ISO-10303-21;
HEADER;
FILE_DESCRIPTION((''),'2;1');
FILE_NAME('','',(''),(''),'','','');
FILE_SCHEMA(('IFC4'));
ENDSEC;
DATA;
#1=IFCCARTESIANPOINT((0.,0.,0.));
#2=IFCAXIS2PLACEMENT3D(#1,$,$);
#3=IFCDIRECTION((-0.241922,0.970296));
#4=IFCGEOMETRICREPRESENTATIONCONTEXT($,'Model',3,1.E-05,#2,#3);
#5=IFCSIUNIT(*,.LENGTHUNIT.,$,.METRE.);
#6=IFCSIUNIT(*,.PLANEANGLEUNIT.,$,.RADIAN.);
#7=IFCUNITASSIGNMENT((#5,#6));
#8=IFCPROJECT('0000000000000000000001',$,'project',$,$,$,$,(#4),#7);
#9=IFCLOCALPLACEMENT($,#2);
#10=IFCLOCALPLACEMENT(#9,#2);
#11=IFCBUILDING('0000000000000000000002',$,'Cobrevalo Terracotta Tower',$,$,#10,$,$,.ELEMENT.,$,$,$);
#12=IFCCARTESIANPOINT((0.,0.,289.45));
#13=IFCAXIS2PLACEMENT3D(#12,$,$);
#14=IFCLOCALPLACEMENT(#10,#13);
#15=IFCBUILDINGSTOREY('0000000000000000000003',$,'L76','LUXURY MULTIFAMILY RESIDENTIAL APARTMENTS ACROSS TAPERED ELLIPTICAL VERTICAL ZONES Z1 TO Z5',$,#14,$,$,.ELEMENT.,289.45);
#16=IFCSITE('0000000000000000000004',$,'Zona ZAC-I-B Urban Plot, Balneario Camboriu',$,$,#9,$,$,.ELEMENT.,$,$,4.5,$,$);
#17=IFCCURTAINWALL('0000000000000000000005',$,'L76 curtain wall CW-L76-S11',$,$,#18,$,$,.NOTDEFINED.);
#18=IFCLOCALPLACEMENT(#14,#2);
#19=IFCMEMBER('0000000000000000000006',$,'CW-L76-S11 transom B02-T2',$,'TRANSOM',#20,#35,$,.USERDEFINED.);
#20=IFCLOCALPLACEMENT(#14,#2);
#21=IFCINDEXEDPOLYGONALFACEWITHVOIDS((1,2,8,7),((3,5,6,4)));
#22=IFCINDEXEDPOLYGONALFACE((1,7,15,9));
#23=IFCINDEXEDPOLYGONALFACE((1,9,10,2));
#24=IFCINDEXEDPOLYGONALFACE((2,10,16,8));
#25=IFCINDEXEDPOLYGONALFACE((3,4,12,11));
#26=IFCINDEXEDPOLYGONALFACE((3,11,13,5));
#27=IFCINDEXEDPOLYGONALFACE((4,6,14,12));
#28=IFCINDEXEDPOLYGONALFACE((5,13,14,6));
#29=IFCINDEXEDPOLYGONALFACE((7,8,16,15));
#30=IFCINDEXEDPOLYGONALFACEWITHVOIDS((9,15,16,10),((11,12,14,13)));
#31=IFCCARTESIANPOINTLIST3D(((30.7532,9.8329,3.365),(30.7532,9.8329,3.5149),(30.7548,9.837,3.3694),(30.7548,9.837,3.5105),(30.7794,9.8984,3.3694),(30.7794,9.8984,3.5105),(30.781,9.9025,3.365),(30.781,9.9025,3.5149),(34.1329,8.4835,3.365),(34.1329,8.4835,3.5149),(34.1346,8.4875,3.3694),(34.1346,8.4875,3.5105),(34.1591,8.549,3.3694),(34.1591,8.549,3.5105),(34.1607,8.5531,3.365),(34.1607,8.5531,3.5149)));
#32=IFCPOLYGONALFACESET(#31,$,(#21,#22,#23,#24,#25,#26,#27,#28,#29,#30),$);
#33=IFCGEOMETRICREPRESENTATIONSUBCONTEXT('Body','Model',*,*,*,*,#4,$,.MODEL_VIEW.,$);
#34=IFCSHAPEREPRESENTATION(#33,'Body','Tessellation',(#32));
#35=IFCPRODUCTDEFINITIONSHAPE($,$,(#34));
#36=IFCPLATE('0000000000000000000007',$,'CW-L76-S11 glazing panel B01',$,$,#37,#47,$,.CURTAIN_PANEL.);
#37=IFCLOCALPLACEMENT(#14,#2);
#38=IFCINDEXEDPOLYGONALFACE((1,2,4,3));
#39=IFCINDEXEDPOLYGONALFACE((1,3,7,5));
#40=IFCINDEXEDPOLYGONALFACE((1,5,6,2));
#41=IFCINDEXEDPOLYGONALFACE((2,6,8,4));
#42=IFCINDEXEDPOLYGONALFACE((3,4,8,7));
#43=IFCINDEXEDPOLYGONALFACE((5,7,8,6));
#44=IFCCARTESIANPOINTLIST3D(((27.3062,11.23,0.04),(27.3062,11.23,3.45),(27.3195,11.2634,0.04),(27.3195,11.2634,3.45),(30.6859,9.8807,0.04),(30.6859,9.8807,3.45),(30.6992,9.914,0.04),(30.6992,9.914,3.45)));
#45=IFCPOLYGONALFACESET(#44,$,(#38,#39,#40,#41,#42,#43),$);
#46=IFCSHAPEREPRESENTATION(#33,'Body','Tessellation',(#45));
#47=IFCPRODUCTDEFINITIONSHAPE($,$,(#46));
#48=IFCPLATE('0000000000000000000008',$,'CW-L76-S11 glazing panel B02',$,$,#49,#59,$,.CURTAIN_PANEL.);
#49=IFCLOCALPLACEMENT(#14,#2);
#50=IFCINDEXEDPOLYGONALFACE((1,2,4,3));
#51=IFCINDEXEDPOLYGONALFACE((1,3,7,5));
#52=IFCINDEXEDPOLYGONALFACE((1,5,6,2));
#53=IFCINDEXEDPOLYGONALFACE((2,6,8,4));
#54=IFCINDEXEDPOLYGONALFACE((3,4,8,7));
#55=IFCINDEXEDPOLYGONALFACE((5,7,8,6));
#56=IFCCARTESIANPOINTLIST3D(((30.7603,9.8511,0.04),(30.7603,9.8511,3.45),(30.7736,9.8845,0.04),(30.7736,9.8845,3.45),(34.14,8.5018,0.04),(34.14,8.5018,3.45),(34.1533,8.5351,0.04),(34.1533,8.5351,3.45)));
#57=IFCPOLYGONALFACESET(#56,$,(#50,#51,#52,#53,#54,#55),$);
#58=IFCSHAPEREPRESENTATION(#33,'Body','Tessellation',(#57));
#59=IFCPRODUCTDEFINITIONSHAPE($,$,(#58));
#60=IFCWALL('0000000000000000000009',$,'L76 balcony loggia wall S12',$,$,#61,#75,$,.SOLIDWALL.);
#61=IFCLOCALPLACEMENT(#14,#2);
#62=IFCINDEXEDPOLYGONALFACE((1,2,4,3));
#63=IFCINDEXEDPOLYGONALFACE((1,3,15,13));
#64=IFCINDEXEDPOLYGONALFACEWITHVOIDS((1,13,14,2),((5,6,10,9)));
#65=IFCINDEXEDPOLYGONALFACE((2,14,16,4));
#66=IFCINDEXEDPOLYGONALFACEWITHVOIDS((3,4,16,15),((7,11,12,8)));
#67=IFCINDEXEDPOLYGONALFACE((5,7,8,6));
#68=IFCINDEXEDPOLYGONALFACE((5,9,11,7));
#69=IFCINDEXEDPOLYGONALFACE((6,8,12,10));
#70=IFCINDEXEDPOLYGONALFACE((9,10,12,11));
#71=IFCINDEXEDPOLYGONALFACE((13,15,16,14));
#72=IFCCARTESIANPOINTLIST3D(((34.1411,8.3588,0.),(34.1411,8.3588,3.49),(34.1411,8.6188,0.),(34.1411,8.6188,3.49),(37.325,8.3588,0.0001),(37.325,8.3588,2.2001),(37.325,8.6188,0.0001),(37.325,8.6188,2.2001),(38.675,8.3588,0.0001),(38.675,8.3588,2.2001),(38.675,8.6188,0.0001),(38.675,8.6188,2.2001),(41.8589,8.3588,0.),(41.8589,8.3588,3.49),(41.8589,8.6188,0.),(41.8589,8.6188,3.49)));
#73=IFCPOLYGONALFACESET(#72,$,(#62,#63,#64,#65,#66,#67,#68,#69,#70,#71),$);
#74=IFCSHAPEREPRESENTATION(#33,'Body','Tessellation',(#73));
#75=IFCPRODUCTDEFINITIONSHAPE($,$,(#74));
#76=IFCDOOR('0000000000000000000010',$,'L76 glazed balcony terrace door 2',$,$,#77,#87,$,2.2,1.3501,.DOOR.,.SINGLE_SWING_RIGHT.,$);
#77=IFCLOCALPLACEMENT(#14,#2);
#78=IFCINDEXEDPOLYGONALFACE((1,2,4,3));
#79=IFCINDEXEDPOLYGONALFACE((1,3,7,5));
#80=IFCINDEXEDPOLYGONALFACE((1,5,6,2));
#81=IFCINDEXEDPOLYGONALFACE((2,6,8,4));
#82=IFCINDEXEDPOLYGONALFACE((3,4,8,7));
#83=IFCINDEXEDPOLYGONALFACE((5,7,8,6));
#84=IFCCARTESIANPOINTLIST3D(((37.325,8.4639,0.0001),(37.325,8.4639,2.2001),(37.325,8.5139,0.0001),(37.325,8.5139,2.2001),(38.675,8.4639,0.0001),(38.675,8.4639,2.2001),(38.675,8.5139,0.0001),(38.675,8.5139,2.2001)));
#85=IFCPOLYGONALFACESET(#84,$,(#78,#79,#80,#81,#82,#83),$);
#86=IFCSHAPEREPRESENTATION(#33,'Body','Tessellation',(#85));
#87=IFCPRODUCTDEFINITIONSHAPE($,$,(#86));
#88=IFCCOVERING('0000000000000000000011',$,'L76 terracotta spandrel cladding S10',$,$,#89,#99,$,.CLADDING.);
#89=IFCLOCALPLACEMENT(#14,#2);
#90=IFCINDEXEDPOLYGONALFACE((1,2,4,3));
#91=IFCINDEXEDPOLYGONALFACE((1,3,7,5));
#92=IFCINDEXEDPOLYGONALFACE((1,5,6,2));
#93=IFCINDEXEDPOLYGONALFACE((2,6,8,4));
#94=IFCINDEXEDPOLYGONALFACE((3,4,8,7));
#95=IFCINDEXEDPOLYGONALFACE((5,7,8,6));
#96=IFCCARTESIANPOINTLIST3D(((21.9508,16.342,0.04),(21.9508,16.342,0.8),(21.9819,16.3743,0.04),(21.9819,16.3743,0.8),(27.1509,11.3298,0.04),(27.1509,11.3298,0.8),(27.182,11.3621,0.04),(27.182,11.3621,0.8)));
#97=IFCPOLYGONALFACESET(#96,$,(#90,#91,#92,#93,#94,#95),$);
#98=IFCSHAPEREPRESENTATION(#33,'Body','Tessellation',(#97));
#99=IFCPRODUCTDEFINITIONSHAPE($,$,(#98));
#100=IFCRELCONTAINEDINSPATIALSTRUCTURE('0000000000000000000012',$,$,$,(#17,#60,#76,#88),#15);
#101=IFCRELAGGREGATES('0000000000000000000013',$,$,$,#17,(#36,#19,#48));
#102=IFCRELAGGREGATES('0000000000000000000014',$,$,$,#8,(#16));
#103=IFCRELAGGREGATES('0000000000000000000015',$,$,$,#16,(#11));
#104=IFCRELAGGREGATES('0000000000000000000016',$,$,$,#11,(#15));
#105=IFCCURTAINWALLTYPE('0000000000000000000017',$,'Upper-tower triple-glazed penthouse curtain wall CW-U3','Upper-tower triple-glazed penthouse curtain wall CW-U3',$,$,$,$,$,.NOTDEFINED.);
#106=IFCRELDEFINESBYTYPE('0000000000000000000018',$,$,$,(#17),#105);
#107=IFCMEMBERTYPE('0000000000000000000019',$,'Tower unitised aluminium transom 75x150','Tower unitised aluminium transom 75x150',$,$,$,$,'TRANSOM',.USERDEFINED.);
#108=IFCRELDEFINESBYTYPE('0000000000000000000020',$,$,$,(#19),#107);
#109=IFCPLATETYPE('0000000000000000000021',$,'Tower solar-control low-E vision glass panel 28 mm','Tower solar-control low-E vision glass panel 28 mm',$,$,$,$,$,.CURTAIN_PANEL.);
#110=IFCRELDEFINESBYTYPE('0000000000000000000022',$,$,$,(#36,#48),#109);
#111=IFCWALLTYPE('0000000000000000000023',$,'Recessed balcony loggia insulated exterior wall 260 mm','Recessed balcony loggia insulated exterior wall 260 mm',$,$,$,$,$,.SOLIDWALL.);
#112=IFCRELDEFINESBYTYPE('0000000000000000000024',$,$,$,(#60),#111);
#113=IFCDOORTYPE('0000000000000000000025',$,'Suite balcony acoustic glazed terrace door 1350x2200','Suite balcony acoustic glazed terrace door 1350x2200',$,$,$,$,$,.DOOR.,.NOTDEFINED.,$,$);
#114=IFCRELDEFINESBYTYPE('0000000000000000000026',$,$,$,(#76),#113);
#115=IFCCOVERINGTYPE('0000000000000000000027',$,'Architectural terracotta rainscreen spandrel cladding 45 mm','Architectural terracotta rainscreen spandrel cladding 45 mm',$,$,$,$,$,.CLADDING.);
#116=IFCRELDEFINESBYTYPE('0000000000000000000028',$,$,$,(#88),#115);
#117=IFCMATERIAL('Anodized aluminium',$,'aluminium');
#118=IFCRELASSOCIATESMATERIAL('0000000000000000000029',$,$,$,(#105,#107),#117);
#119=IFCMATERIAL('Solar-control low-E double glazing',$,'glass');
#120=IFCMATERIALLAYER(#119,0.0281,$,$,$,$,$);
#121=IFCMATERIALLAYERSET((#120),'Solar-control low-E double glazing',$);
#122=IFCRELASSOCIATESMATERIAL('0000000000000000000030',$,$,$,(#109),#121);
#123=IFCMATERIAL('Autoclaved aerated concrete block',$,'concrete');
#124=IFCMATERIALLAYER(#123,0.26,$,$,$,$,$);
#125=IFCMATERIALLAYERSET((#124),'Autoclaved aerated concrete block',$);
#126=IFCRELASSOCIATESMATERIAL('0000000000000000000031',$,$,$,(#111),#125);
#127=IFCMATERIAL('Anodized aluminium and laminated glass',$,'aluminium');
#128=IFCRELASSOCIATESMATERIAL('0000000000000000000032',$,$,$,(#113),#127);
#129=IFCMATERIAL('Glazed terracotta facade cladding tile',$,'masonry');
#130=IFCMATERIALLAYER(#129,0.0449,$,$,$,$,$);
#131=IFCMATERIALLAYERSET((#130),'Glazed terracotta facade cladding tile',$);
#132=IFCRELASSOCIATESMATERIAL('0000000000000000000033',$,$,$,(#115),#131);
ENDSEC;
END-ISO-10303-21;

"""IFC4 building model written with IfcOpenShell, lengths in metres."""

from ifc_helpers import new_model, si_unit, direction, frame, frame_2d, origin, origin_2d, place, context, subcontext, project, spatial, rectangle, hollow_rectangle, extrude, source, transform, mapped, material, layer, layer_set, material_profile, profile_set, type_object, element, fill, aggregate, save


model = new_model("IFC4")

# Units and contexts
model_context = context("Model", 3, precision=1e-05, world=origin(), true_north=direction((-0.241922, 0.970296)))
body_context = subcontext(model_context, "Body", "Model", "MODEL_VIEW")
ifc_project = project(units=[si_unit("LENGTHUNIT", "METRE"), si_unit("PLANEANGLEUNIT", "RADIAN")], contexts=[model_context])

# Site, building, storey
site_placement = place(None, origin())
site = spatial("IfcSite", under=ifc_project, at=site_placement, Name="Zona ZAC-I-B Urban Plot, Balneario Camboriu", CompositionType="ELEMENT", RefElevation=4.5)
building_placement = place(site_placement, origin())
building = spatial("IfcBuilding", under=site, at=building_placement, Name="Cobrevalo Terracotta Tower", CompositionType="ELEMENT")
storey_placement = place(building_placement, frame((0.0, 0.0, 289.45)))
storey = spatial("IfcBuildingStorey", under=building, at=storey_placement, Name="L76", Description="LUXURY MULTIFAMILY RESIDENTIAL APARTMENTS ACROSS TAPERED ELLIPTICAL VERTICAL ZONES Z1 TO Z5", CompositionType="ELEMENT", Elevation=289.45)

# Curtain wall, member, plates
ifc_material_1 = material(Name="Anodized aluminium", Category="aluminium")
curtain_wall_type = type_object("IfcCurtainWallType", Name="Upper-tower triple-glazed penthouse curtain wall CW-U3", Description="Upper-tower triple-glazed penthouse curtain wall CW-U3", PredefinedType="NOTDEFINED", material=ifc_material_1)
curtain_wall_placement = place(storey_placement, origin())
curtain_wall = element("IfcCurtainWall", 1, at=curtain_wall_placement, inside=storey, type_object=curtain_wall_type, Name="L76 curtain wall CW-L76-S11", PredefinedType="NOTDEFINED")
ifc_material_profile_1 = material_profile(ifc_material_1, hollow_rectangle(XDim=0.075, YDim=0.1499, WallThickness=0.0044, at=origin_2d()), Name="CWT 75x150")
ifc_profile_set_1 = profile_set([ifc_material_profile_1], Name="Anodized aluminium")
member_type_1 = type_object("IfcMemberType", Name="Tower unitised aluminium transom 75x150", Description="Tower unitised aluminium transom 75x150", ElementType="TRANSOM", PredefinedType="USERDEFINED", material=ifc_profile_set_1)
shared_shape_1 = source(origin(), body_context, "Body", "SweptSolid", [
    extrude(hollow_rectangle(XDim=0.075, YDim=0.1499, WallThickness=0.0044, at=origin_2d()), origin(), (0.0, 0.0, 1.0), 3.6392),
])
member_1_placement = place(storey_placement, frame((30.7671, 9.8677, 3.4399), z_axis=(0.928712, -0.370801, 0.0), x_axis=(0.370801, 0.928712, 0.0)))
member_1 = element("IfcMember", 2, at=member_1_placement, type_object=member_type_1, Name="CW-L76-S11 transom B02-T2", ObjectType="TRANSOM", PredefinedType="USERDEFINED", context=body_context, shape_type="MappedRepresentation", body=[
    mapped(shared_shape_1, transform((0.0, 0.0, 0.0), scale=1.0)),
])
ifc_material_2 = material(Name="Solar-control low-E double glazing", Category="glass")
ifc_layer_1 = layer(ifc_material_2, 0.0281)
ifc_layer_set_1 = layer_set([ifc_layer_1], Name="Solar-control low-E double glazing")
plate_type = type_object("IfcPlateType", Name="Tower solar-control low-E vision glass panel 28 mm", Description="Tower solar-control low-E vision glass panel 28 mm", PredefinedType="CURTAIN_PANEL", material=ifc_layer_set_1)
shared_shape_2 = source(origin(), body_context, "Body", "SweptSolid", [
    extrude(rectangle(XDim=3.6392, YDim=0.0359, at=origin_2d()), origin(), (0.0, 0.0, 1.0), 3.4099),
])
plate_1_placement = place(storey_placement, frame((29.0027, 10.572, 0.04), z_axis=(0.0, 0.0, 1.0), x_axis=(0.928718, -0.370786, 0.0)))
plate_1 = element("IfcPlate", 3, at=plate_1_placement, type_object=plate_type, Name="CW-L76-S11 glazing panel B01", PredefinedType="CURTAIN_PANEL", context=body_context, shape_type="MappedRepresentation", body=[
    mapped(shared_shape_2, transform((0.0, 0.0, 0.0), scale=1.0)),
])
plate_2_placement = place(storey_placement, frame((32.4568, 9.1931, 0.04), z_axis=(0.0, 0.0, 1.0), x_axis=(0.928718, -0.370786, 0.0)))
plate_2 = element("IfcPlate", 4, at=plate_2_placement, type_object=plate_type, Name="CW-L76-S11 glazing panel B02", PredefinedType="CURTAIN_PANEL", context=body_context, shape_type="MappedRepresentation", body=[
    mapped(shared_shape_2, transform((0.0, 0.0, 0.0), scale=1.0)),
])
aggregate(curtain_wall, [plate_1, member_1, plate_2])

# Wall, opening, door
ifc_material_3 = material(Name="Autoclaved aerated concrete block", Category="concrete")
ifc_layer_2 = layer(ifc_material_3, 0.26)
ifc_layer_set_2 = layer_set([ifc_layer_2], Name="Autoclaved aerated concrete block")
wall_type = type_object("IfcWallType", Name="Recessed balcony loggia insulated exterior wall 260 mm", Description="Recessed balcony loggia insulated exterior wall 260 mm", PredefinedType="SOLIDWALL", material=ifc_layer_set_2)
wall_placement = place(storey_placement, frame((34.1411, 8.4888, 0.0), z_axis=(0.0, 0.0, 1.0), x_axis=(1.0, 0.0, 0.0)))
wall = element("IfcWall", 5, at=wall_placement, inside=storey, type_object=wall_type, Name="L76 balcony loggia wall S12", PredefinedType="SOLIDWALL", context=body_context, shape_type="SweptSolid", body=[
    extrude(rectangle(XDim=7.7178, YDim=0.26, at=frame_2d((3.8589, 0.0))), origin(), (0.0, 0.0, 1.0), 3.49),
])
opening_placement = place(wall_placement, frame((3.1838, 0.0, 0.0)))
opening = element("IfcOpeningElement", 6, at=opening_placement, cuts=wall, PredefinedType="OPENING", context=body_context, shape_type="SweptSolid", body=[
    extrude(rectangle(XDim=1.3501, YDim=2.2, at=frame_2d((0.675, 1.1001))), frame((0.0, 0.1401, 0.0), z_axis=(0.0, -1.0, 0.0), x_axis=(1.0, 0.0, 0.0)), (0.0, 0.0, 1.0), 0.28),
])
ifc_material_4 = material(Name="Anodized aluminium and laminated glass", Category="aluminium")
door_type = type_object("IfcDoorType", Name="Suite balcony acoustic glazed terrace door 1350x2200", Description="Suite balcony acoustic glazed terrace door 1350x2200", OperationType="NOTDEFINED", PredefinedType="DOOR", material=ifc_material_4)
shared_shape_3 = source(origin(), body_context, "Body", "SweptSolid", [
    extrude(rectangle(XDim=1.3501, YDim=2.2, at=frame_2d((0.675, 1.1001))), frame((0.0, 0.0249, 0.0), z_axis=(0.0, -1.0, 0.0), x_axis=(1.0, 0.0, 0.0)), (0.0, 0.0, 1.0), 0.05),
])
door_placement = place(opening_placement, frame((1.3501, 0.0, 0.0), z_axis=(0.0, 0.0, 1.0), x_axis=(-1.0, 0.0, 0.0)))
door = element("IfcDoor", 7, at=door_placement, inside=storey, type_object=door_type, Name="L76 glazed balcony terrace door 2", OperationType="SINGLE_SWING_RIGHT", OverallHeight=2.2, OverallWidth=1.3501, PredefinedType="DOOR", context=body_context, shape_type="MappedRepresentation", body=[
    mapped(shared_shape_3, transform((0.0, 0.0, 0.0), scale=1.0)),
])
fill(opening, door)

# Covering
ifc_material_5 = material(Name="Glazed terracotta facade cladding tile", Category="masonry")
ifc_layer_3 = layer(ifc_material_5, 0.0449)
ifc_layer_set_3 = layer_set([ifc_layer_3], Name="Glazed terracotta facade cladding tile")
covering_type = type_object("IfcCoveringType", Name="Architectural terracotta rainscreen spandrel cladding 45 mm", Description="Architectural terracotta rainscreen spandrel cladding 45 mm", PredefinedType="CLADDING", material=ifc_layer_set_3)
shared_shape_4 = source(origin(), body_context, "Body", "SweptSolid", [
    extrude(rectangle(XDim=7.2224, YDim=0.0449, at=origin_2d()), origin(), (0.0, 0.0, 1.0), 0.76),
])
covering_placement = place(storey_placement, frame((24.5664, 13.8521, 0.04), z_axis=(0.0, 0.0, 1.0), x_axis=(0.719997, -0.693978, 0.0)))
element("IfcCovering", 8, at=covering_placement, inside=storey, type_object=covering_type, Name="L76 terracotta spandrel cladding S10", PredefinedType="CLADDING", context=body_context, shape_type="MappedRepresentation", body=[
    mapped(shared_shape_4, transform((0.0, 0.0, 0.0), scale=1.0)),
])

save(model, "model.ifc")
